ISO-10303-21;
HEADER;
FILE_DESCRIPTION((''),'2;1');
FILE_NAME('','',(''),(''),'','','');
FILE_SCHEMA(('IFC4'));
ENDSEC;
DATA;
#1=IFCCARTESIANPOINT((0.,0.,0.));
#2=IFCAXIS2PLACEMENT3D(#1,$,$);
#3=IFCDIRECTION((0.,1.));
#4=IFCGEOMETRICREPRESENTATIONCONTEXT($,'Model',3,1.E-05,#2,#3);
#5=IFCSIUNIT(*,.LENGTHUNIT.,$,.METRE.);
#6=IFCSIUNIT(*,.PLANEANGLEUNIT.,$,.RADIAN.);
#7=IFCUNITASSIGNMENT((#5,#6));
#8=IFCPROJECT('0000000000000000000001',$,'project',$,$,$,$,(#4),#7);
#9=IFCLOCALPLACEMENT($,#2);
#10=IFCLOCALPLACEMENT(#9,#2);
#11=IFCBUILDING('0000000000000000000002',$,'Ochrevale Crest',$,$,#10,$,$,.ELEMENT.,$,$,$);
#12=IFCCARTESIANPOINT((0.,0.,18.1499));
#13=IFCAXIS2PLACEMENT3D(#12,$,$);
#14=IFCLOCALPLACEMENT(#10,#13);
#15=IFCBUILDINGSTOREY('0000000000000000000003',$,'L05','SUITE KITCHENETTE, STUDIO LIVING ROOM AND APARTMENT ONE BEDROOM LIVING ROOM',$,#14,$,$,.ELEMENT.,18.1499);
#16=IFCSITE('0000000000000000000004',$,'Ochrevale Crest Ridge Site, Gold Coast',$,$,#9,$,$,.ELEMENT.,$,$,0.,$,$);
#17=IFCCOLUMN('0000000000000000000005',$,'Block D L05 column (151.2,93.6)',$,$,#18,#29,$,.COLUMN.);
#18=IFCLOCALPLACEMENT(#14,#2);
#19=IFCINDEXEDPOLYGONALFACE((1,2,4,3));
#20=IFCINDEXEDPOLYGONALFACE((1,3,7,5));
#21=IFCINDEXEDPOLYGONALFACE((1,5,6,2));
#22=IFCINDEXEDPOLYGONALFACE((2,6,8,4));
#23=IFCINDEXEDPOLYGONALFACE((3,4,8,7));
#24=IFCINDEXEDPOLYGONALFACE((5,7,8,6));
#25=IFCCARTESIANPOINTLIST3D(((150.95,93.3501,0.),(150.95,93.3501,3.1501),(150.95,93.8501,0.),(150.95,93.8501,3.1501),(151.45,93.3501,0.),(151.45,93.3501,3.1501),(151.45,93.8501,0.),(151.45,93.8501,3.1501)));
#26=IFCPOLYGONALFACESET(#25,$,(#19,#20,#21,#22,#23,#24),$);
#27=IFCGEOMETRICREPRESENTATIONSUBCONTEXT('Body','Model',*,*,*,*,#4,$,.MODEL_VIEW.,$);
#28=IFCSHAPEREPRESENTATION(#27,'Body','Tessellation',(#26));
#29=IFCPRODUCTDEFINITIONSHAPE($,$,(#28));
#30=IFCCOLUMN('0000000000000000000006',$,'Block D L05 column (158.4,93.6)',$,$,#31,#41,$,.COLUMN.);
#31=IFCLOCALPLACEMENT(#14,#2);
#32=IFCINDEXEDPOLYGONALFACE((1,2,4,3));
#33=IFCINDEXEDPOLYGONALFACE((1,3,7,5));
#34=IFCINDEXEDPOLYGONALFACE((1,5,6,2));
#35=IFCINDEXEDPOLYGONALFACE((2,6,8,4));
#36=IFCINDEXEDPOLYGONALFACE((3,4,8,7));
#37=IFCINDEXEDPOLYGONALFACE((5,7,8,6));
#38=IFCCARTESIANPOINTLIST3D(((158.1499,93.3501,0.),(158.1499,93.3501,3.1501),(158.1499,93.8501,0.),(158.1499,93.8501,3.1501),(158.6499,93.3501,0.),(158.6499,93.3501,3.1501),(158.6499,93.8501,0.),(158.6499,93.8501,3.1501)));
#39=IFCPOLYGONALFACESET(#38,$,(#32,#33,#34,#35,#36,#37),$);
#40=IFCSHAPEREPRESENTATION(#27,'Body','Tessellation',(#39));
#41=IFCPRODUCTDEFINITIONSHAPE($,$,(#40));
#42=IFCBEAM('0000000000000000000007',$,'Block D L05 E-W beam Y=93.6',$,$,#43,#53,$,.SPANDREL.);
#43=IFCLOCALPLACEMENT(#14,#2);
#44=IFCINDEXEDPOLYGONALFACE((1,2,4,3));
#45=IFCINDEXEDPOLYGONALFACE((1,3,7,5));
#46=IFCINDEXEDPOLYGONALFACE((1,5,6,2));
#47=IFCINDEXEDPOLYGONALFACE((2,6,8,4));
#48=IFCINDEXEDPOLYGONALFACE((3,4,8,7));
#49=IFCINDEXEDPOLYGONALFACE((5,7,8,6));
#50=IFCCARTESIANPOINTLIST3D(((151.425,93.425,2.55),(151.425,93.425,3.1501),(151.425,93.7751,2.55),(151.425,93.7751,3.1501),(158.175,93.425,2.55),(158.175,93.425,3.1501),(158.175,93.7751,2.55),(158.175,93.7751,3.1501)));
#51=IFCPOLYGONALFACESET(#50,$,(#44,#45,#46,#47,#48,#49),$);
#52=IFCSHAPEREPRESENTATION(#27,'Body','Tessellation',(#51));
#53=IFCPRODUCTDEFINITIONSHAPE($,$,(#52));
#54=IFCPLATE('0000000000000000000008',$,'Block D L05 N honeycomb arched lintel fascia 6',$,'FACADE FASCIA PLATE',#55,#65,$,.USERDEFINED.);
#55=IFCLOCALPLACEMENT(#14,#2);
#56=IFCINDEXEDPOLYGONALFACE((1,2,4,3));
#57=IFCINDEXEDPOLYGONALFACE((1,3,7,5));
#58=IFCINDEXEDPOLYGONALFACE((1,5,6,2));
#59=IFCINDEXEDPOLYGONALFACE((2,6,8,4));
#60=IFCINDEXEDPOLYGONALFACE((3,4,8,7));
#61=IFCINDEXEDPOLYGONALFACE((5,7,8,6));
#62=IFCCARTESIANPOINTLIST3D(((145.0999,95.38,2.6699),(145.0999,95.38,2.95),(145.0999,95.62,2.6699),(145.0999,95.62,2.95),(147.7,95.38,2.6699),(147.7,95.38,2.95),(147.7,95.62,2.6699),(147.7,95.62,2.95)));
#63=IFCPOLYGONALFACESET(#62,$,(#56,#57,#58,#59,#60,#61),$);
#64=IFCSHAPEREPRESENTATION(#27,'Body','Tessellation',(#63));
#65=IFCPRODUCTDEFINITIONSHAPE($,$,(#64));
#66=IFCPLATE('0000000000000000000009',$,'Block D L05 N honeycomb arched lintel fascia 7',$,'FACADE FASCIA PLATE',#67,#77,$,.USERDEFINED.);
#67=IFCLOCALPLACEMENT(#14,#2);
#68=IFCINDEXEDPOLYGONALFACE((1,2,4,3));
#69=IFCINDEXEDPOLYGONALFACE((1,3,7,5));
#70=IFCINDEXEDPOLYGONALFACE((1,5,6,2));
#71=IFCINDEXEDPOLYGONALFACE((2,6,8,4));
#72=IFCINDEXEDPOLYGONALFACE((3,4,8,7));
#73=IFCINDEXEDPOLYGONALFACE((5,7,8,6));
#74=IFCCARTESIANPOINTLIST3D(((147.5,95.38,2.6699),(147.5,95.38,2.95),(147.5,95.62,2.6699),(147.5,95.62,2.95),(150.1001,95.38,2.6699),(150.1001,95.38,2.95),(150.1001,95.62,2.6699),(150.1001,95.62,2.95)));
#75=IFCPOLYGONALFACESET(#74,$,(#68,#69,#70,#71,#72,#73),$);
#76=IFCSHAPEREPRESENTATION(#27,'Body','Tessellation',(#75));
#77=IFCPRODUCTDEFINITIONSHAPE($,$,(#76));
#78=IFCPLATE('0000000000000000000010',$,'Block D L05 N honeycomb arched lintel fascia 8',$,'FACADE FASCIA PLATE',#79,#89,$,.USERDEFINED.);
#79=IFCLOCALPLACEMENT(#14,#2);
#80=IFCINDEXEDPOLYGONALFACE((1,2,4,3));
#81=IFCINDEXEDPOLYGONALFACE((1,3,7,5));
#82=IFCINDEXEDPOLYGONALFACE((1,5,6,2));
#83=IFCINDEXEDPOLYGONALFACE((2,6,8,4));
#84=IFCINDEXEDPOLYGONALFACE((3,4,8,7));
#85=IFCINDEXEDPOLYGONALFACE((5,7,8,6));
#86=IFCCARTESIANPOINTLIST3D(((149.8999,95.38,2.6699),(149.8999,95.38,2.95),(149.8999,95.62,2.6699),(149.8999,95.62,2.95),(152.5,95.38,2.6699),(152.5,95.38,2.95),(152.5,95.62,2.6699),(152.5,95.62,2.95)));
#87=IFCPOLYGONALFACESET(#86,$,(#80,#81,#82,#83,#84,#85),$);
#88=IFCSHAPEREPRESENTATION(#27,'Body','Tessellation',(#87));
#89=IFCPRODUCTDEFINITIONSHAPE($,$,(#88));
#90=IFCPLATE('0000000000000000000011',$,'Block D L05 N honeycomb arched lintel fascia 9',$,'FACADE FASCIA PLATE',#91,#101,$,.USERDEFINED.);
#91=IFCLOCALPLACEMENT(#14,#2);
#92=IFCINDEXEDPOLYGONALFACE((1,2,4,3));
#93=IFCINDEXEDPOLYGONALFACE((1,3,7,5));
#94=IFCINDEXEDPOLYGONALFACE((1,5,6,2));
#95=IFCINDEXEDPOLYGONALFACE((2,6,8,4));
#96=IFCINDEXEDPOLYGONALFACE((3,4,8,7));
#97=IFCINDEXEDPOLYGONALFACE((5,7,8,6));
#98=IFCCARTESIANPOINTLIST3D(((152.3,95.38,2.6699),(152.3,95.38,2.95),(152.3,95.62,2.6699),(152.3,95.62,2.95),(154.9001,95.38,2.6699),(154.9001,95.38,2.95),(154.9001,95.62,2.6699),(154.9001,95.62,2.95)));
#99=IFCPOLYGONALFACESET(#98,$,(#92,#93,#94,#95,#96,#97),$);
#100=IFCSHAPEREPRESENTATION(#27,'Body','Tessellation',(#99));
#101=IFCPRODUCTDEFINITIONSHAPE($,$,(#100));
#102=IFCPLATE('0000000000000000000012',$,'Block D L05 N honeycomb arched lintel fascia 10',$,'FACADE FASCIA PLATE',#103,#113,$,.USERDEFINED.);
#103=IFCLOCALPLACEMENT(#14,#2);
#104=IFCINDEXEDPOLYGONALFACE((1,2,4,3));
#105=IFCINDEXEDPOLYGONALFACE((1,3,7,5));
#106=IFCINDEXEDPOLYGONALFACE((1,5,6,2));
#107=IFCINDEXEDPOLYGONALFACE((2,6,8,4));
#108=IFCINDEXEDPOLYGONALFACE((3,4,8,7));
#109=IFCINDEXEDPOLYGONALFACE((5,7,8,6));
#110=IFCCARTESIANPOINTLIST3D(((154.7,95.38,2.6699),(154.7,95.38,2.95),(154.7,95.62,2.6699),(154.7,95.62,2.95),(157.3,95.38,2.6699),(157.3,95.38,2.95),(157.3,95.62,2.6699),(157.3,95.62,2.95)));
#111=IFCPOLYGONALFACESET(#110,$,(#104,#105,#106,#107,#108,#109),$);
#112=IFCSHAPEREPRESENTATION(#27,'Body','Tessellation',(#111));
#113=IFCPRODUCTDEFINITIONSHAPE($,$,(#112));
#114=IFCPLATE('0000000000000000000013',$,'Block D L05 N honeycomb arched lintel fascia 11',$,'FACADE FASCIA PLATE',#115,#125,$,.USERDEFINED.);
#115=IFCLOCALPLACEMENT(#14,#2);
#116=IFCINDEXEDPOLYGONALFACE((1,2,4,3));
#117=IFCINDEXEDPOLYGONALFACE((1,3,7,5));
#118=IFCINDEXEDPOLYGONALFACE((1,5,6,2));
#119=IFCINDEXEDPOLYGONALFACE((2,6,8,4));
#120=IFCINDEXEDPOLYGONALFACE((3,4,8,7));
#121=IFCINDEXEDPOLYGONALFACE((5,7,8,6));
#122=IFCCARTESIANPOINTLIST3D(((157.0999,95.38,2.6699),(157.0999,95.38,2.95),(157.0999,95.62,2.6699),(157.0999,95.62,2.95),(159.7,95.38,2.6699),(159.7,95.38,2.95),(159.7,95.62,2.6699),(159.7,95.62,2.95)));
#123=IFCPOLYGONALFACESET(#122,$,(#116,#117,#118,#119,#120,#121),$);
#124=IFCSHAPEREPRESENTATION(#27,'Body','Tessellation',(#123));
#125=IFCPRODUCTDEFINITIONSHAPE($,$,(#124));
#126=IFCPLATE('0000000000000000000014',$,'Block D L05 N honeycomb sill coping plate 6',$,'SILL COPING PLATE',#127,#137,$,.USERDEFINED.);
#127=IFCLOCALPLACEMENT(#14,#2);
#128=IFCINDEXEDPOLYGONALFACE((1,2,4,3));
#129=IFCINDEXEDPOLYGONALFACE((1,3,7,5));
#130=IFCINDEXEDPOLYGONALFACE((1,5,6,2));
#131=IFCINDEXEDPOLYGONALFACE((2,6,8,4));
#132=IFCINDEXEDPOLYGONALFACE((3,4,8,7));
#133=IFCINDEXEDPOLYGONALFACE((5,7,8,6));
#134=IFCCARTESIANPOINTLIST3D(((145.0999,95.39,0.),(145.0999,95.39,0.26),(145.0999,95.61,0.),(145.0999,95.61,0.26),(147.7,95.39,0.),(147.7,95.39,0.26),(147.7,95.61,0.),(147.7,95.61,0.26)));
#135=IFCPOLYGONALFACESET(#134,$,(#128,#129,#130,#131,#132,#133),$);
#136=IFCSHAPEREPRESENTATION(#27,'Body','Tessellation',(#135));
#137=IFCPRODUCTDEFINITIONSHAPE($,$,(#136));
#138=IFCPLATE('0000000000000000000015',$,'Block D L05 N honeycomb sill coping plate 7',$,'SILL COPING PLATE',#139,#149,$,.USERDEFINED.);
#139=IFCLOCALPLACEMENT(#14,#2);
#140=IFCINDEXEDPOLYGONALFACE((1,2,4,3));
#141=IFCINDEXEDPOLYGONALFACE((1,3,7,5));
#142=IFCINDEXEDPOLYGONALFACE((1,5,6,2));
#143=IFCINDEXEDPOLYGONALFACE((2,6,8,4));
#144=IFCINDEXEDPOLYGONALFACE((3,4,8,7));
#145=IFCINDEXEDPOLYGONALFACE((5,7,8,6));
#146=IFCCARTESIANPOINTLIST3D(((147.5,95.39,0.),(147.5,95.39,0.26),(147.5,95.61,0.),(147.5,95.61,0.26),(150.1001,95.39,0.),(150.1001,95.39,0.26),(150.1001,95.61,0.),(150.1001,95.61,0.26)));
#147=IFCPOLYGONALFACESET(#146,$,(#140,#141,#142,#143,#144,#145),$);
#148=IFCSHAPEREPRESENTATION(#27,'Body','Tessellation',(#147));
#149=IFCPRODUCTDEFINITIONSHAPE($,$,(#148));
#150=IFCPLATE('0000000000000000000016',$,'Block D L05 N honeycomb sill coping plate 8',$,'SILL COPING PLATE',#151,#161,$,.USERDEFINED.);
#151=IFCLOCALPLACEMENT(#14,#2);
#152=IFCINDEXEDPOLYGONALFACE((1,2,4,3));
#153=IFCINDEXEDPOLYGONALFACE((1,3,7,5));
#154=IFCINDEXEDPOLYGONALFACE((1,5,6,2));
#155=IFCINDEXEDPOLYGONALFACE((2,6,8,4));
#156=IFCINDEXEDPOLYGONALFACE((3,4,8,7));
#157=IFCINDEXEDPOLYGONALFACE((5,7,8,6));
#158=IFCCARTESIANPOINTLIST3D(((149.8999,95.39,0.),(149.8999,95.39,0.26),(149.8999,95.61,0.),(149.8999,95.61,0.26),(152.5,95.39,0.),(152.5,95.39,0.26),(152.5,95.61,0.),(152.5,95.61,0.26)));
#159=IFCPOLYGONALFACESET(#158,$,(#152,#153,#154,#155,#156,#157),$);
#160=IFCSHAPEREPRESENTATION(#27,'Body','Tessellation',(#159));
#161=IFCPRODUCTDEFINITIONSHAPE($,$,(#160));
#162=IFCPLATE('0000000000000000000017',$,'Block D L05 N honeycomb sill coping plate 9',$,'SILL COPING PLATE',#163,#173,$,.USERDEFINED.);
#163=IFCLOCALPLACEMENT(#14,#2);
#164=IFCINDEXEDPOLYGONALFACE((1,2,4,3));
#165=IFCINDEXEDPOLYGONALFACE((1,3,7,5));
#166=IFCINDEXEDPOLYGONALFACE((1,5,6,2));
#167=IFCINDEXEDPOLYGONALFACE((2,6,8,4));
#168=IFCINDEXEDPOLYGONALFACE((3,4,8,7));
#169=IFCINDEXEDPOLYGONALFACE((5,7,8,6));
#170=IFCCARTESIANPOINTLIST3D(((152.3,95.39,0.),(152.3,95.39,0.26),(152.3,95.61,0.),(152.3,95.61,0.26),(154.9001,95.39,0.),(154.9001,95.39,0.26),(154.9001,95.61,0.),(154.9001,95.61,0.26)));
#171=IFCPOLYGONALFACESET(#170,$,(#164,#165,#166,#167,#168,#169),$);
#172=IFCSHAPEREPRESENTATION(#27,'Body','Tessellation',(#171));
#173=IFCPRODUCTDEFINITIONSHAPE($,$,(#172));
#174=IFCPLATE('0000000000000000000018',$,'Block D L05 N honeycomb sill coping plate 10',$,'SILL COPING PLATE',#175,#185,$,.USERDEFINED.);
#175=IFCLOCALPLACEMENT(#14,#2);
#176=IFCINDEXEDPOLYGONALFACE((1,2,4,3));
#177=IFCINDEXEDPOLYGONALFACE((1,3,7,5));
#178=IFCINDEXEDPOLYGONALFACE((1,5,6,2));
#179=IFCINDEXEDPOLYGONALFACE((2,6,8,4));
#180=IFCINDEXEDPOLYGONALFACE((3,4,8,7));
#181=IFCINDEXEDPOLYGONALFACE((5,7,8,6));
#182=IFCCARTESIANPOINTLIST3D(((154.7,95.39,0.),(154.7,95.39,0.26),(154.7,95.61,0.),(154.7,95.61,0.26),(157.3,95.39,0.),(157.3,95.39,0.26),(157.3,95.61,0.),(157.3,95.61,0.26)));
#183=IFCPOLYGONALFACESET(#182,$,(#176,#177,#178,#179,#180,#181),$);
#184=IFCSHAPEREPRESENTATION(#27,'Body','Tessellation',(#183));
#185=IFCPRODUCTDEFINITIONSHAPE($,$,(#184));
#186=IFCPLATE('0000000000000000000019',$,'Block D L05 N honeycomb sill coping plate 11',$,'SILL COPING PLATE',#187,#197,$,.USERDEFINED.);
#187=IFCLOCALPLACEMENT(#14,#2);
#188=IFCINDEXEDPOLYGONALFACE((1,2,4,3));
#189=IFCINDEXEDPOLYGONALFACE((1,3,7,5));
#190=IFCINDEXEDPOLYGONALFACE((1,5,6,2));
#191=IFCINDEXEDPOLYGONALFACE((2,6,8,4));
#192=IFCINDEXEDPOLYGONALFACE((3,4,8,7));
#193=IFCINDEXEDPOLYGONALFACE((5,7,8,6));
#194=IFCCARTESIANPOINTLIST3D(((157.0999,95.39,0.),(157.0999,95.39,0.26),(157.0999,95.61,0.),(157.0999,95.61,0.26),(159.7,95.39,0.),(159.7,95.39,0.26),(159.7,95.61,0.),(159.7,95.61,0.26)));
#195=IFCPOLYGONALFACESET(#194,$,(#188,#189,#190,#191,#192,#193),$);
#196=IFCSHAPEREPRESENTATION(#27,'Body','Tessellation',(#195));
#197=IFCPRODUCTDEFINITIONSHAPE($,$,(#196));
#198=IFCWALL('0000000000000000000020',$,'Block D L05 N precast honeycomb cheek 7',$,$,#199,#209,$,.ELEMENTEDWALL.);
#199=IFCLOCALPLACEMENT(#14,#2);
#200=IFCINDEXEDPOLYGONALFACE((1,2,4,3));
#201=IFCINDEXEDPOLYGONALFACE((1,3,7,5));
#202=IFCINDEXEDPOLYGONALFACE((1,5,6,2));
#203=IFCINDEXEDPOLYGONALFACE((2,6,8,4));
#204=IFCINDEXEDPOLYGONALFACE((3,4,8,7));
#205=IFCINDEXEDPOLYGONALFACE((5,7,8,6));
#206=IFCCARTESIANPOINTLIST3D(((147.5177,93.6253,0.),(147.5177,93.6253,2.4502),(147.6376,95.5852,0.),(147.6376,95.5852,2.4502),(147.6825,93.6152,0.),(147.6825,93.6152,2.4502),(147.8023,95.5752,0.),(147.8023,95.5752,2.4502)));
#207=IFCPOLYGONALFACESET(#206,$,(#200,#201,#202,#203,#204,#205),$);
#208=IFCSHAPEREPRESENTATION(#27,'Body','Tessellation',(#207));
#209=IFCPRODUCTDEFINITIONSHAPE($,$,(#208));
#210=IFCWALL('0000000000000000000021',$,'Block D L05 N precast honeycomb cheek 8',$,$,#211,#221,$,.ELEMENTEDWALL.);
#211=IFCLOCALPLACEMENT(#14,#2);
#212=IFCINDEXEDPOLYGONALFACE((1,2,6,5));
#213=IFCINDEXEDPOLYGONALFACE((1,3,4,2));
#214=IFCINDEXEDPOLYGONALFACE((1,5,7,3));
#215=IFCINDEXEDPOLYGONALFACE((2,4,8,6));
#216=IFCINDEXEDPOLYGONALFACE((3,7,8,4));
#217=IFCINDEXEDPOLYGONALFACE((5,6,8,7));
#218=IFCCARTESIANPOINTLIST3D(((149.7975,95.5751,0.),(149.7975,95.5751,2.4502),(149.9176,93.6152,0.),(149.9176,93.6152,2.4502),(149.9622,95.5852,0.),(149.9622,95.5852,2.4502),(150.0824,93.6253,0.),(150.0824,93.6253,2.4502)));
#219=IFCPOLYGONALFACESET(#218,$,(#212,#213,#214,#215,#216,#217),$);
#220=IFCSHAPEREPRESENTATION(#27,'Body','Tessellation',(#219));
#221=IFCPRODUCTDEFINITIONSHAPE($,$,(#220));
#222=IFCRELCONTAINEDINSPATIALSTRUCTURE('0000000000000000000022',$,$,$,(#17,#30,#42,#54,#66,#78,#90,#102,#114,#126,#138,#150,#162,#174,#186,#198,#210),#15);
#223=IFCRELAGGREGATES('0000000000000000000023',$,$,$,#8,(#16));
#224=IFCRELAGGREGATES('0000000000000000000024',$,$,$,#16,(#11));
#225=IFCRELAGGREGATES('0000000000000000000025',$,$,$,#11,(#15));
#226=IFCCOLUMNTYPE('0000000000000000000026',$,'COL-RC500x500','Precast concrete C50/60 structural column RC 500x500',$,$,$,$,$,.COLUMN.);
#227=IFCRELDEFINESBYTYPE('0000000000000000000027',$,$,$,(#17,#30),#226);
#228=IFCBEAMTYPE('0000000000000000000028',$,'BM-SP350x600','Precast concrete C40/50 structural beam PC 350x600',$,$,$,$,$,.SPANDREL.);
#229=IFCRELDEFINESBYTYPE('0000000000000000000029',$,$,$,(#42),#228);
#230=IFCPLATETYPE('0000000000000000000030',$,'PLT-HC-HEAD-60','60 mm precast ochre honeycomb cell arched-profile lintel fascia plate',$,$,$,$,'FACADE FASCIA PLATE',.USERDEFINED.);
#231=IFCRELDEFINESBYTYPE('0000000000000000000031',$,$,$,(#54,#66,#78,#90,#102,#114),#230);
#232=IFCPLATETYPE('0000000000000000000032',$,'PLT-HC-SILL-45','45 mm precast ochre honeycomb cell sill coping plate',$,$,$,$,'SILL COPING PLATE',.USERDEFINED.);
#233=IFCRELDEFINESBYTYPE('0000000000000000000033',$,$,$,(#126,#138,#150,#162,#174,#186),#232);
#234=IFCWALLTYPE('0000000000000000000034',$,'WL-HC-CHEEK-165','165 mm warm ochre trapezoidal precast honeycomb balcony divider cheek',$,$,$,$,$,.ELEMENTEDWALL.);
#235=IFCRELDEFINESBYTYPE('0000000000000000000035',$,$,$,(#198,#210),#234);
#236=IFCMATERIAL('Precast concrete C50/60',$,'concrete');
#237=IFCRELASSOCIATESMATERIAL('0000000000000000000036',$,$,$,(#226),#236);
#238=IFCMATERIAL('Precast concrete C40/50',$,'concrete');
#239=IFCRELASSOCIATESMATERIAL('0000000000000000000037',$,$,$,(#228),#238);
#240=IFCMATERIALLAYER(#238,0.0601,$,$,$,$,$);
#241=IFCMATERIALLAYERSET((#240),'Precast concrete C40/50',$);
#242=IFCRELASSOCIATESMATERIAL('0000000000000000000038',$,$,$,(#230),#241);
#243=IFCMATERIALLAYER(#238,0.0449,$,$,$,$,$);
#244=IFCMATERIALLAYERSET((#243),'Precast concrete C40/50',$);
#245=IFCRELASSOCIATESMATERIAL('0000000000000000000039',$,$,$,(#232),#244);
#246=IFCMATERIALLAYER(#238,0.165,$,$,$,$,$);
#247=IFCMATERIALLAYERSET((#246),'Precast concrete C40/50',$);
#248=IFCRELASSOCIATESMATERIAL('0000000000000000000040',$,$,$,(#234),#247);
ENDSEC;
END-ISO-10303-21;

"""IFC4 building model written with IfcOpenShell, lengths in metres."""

from ifc_helpers import new_model, si_unit, direction, frame, frame_2d, origin, origin_2d, place, context, subcontext, project, spatial, rectangle, extrude, material, layer, layer_set, material_profile, profile_set, type_object, element, save


model = new_model("IFC4")

# Units and contexts
model_context = context("Model", 3, precision=1e-05, world=origin(), true_north=direction((0.0, 1.0)))
body_context = subcontext(model_context, "Body", "Model", "MODEL_VIEW")
ifc_project = project(units=[si_unit("LENGTHUNIT", "METRE"), si_unit("PLANEANGLEUNIT", "RADIAN")], contexts=[model_context])

# Site, building, storey
site_placement = place(None, origin())
site = spatial("IfcSite", under=ifc_project, at=site_placement, Name="Ochrevale Crest Ridge Site, Gold Coast", CompositionType="ELEMENT", RefElevation=0.0)
building_placement = place(site_placement, origin())
building = spatial("IfcBuilding", under=site, at=building_placement, Name="Ochrevale Crest", CompositionType="ELEMENT")
storey_placement = place(building_placement, frame((0.0, 0.0, 18.1499)))
storey = spatial("IfcBuildingStorey", under=building, at=storey_placement, Name="L05", Description="SUITE KITCHENETTE, STUDIO LIVING ROOM AND APARTMENT ONE BEDROOM LIVING ROOM", CompositionType="ELEMENT", Elevation=18.1499)

# Columns
ifc_material_1 = material(Name="Precast concrete C50/60", Category="concrete")
ifc_material_profile_1 = material_profile(ifc_material_1, rectangle(XDim=0.5, YDim=0.5, at=origin_2d()), Name="RC 500x500")
ifc_profile_set_1 = profile_set([ifc_material_profile_1], Name="Precast concrete C50/60")
column_type = type_object("IfcColumnType", Name="COL-RC500x500", Description="Precast concrete C50/60 structural column RC 500x500", PredefinedType="COLUMN", material=ifc_profile_set_1)
for number, where, z_axis, x_axis, name in (
    (1, (151.2, 93.6001, 0.0), (0.0, 0.0, 1.0), (1.0, 0.0, 0.0), "Block D L05 column (151.2,93.6)"),
    (2, (158.3999, 93.6001, 0.0), (0.0, 0.0, 1.0), (1.0, 0.0, 0.0), "Block D L05 column (158.4,93.6)"),
):
    element("IfcColumn", number, at=place(storey_placement, frame(where, z_axis=z_axis, x_axis=x_axis)), inside=storey, type_object=column_type, Name=name, PredefinedType="COLUMN", context=body_context, shape_type="SweptSolid", body=[
        extrude(rectangle(XDim=0.5, YDim=0.5, at=origin_2d()), origin(), (0.0, 0.0, 1.0), 3.1501),
    ])

# Beam
ifc_material_2 = material(Name="Precast concrete C40/50", Category="concrete")
ifc_material_profile_2 = material_profile(ifc_material_2, rectangle(XDim=0.3501, YDim=0.6001, at=origin_2d()), Name="PC 350x600")
ifc_profile_set_2 = profile_set([ifc_material_profile_2], Name="Precast concrete C40/50")
beam_type = type_object("IfcBeamType", Name="BM-SP350x600", Description="Precast concrete C40/50 structural beam PC 350x600", PredefinedType="SPANDREL", material=ifc_profile_set_2)
beam_placement = place(storey_placement, frame((151.425, 93.6001, 2.8501), z_axis=(1.0, 0.0, 0.0), x_axis=(0.0, 1.0, 0.0)))
element("IfcBeam", 3, at=beam_placement, inside=storey, type_object=beam_type, Name="Block D L05 E-W beam Y=93.6", PredefinedType="SPANDREL", context=body_context, shape_type="SweptSolid", body=[
    extrude(rectangle(XDim=0.3501, YDim=0.6001, at=origin_2d()), origin(), (0.0, 0.0, 1.0), 6.75),
])

# Plates
ifc_layer_1 = layer(ifc_material_2, 0.0601)
ifc_layer_set_1 = layer_set([ifc_layer_1], Name="Precast concrete C40/50")
plate_type_1 = type_object("IfcPlateType", Name="PLT-HC-HEAD-60", Description="60 mm precast ochre honeycomb cell arched-profile lintel fascia plate", ElementType="FACADE FASCIA PLATE", PredefinedType="USERDEFINED", material=ifc_layer_set_1)
for number, where, z_axis, x_axis, name in (
    (4, (146.3999, 95.5, 2.6699), (0.0, 0.0, 1.0), (1.0, 0.0, 0.0), "Block D L05 N honeycomb arched lintel fascia 6"),
    (5, (148.8, 95.5, 2.6699), (0.0, 0.0, 1.0), (1.0, 0.0, 0.0), "Block D L05 N honeycomb arched lintel fascia 7"),
    (6, (151.2, 95.5, 2.6699), (0.0, 0.0, 1.0), (1.0, 0.0, 0.0), "Block D L05 N honeycomb arched lintel fascia 8"),
    (7, (153.6001, 95.5, 2.6699), (0.0, 0.0, 1.0), (1.0, 0.0, 0.0), "Block D L05 N honeycomb arched lintel fascia 9"),
    (8, (156.0, 95.5, 2.6699), (0.0, 0.0, 1.0), (1.0, 0.0, 0.0), "Block D L05 N honeycomb arched lintel fascia 10"),
    (9, (158.3999, 95.5, 2.6699), (0.0, 0.0, 1.0), (1.0, 0.0, 0.0), "Block D L05 N honeycomb arched lintel fascia 11"),
):
    element("IfcPlate", number, at=place(storey_placement, frame(where, z_axis=z_axis, x_axis=x_axis)), inside=storey, type_object=plate_type_1, Name=name, ObjectType="FACADE FASCIA PLATE", PredefinedType="USERDEFINED", context=body_context, shape_type="SweptSolid", body=[
        extrude(rectangle(XDim=2.6001, YDim=0.24, at=origin_2d()), origin(), (0.0, 0.0, 1.0), 0.28),
    ])
ifc_layer_2 = layer(ifc_material_2, 0.0449)
ifc_layer_set_2 = layer_set([ifc_layer_2], Name="Precast concrete C40/50")
plate_type_2 = type_object("IfcPlateType", Name="PLT-HC-SILL-45", Description="45 mm precast ochre honeycomb cell sill coping plate", ElementType="SILL COPING PLATE", PredefinedType="USERDEFINED", material=ifc_layer_set_2)
for number, where, z_axis, x_axis, name in (
    (10, (146.3999, 95.5, 0.0), (0.0, 0.0, 1.0), (1.0, 0.0, 0.0), "Block D L05 N honeycomb sill coping plate 6"),
    (11, (148.8, 95.5, 0.0), (0.0, 0.0, 1.0), (1.0, 0.0, 0.0), "Block D L05 N honeycomb sill coping plate 7"),
    (12, (151.2, 95.5, 0.0), (0.0, 0.0, 1.0), (1.0, 0.0, 0.0), "Block D L05 N honeycomb sill coping plate 8"),
    (13, (153.6001, 95.5, 0.0), (0.0, 0.0, 1.0), (1.0, 0.0, 0.0), "Block D L05 N honeycomb sill coping plate 9"),
    (14, (156.0, 95.5, 0.0), (0.0, 0.0, 1.0), (1.0, 0.0, 0.0), "Block D L05 N honeycomb sill coping plate 10"),
    (15, (158.3999, 95.5, 0.0), (0.0, 0.0, 1.0), (1.0, 0.0, 0.0), "Block D L05 N honeycomb sill coping plate 11"),
):
    element("IfcPlate", number, at=place(storey_placement, frame(where, z_axis=z_axis, x_axis=x_axis)), inside=storey, type_object=plate_type_2, Name=name, ObjectType="SILL COPING PLATE", PredefinedType="USERDEFINED", context=body_context, shape_type="SweptSolid", body=[
        extrude(rectangle(XDim=2.6001, YDim=0.22, at=origin_2d()), origin(), (0.0, 0.0, 1.0), 0.26),
    ])

# Walls
ifc_layer_3 = layer(ifc_material_2, 0.165)
ifc_layer_set_3 = layer_set([ifc_layer_3], Name="Precast concrete C40/50")
wall_type = type_object("IfcWallType", Name="WL-HC-CHEEK-165", Description="165 mm warm ochre trapezoidal precast honeycomb balcony divider cheek", PredefinedType="ELEMENTEDWALL", material=ifc_layer_set_3)
for number, where, z_axis, x_axis, name in (
    (16, (147.6001, 93.6201, 0.0), (0.0, 0.0, 1.0), (0.061047, 0.998135, 0.0), "Block D L05 N precast honeycomb cheek 7"),
    (17, (150.0, 93.6201, 0.0), (0.0, 0.0, 1.0), (-0.061171, 0.998127, 0.0), "Block D L05 N precast honeycomb cheek 8"),
):
    element("IfcWall", number, at=place(storey_placement, frame(where, z_axis=z_axis, x_axis=x_axis)), inside=storey, type_object=wall_type, Name=name, PredefinedType="ELEMENTEDWALL", context=body_context, shape_type="SweptSolid", body=[
        extrude(rectangle(XDim=1.9636, YDim=0.165, at=frame_2d((0.9819, 0.0))), origin(), (0.0, 0.0, 1.0), 2.4502),
    ])

save(model, "model.ifc")
